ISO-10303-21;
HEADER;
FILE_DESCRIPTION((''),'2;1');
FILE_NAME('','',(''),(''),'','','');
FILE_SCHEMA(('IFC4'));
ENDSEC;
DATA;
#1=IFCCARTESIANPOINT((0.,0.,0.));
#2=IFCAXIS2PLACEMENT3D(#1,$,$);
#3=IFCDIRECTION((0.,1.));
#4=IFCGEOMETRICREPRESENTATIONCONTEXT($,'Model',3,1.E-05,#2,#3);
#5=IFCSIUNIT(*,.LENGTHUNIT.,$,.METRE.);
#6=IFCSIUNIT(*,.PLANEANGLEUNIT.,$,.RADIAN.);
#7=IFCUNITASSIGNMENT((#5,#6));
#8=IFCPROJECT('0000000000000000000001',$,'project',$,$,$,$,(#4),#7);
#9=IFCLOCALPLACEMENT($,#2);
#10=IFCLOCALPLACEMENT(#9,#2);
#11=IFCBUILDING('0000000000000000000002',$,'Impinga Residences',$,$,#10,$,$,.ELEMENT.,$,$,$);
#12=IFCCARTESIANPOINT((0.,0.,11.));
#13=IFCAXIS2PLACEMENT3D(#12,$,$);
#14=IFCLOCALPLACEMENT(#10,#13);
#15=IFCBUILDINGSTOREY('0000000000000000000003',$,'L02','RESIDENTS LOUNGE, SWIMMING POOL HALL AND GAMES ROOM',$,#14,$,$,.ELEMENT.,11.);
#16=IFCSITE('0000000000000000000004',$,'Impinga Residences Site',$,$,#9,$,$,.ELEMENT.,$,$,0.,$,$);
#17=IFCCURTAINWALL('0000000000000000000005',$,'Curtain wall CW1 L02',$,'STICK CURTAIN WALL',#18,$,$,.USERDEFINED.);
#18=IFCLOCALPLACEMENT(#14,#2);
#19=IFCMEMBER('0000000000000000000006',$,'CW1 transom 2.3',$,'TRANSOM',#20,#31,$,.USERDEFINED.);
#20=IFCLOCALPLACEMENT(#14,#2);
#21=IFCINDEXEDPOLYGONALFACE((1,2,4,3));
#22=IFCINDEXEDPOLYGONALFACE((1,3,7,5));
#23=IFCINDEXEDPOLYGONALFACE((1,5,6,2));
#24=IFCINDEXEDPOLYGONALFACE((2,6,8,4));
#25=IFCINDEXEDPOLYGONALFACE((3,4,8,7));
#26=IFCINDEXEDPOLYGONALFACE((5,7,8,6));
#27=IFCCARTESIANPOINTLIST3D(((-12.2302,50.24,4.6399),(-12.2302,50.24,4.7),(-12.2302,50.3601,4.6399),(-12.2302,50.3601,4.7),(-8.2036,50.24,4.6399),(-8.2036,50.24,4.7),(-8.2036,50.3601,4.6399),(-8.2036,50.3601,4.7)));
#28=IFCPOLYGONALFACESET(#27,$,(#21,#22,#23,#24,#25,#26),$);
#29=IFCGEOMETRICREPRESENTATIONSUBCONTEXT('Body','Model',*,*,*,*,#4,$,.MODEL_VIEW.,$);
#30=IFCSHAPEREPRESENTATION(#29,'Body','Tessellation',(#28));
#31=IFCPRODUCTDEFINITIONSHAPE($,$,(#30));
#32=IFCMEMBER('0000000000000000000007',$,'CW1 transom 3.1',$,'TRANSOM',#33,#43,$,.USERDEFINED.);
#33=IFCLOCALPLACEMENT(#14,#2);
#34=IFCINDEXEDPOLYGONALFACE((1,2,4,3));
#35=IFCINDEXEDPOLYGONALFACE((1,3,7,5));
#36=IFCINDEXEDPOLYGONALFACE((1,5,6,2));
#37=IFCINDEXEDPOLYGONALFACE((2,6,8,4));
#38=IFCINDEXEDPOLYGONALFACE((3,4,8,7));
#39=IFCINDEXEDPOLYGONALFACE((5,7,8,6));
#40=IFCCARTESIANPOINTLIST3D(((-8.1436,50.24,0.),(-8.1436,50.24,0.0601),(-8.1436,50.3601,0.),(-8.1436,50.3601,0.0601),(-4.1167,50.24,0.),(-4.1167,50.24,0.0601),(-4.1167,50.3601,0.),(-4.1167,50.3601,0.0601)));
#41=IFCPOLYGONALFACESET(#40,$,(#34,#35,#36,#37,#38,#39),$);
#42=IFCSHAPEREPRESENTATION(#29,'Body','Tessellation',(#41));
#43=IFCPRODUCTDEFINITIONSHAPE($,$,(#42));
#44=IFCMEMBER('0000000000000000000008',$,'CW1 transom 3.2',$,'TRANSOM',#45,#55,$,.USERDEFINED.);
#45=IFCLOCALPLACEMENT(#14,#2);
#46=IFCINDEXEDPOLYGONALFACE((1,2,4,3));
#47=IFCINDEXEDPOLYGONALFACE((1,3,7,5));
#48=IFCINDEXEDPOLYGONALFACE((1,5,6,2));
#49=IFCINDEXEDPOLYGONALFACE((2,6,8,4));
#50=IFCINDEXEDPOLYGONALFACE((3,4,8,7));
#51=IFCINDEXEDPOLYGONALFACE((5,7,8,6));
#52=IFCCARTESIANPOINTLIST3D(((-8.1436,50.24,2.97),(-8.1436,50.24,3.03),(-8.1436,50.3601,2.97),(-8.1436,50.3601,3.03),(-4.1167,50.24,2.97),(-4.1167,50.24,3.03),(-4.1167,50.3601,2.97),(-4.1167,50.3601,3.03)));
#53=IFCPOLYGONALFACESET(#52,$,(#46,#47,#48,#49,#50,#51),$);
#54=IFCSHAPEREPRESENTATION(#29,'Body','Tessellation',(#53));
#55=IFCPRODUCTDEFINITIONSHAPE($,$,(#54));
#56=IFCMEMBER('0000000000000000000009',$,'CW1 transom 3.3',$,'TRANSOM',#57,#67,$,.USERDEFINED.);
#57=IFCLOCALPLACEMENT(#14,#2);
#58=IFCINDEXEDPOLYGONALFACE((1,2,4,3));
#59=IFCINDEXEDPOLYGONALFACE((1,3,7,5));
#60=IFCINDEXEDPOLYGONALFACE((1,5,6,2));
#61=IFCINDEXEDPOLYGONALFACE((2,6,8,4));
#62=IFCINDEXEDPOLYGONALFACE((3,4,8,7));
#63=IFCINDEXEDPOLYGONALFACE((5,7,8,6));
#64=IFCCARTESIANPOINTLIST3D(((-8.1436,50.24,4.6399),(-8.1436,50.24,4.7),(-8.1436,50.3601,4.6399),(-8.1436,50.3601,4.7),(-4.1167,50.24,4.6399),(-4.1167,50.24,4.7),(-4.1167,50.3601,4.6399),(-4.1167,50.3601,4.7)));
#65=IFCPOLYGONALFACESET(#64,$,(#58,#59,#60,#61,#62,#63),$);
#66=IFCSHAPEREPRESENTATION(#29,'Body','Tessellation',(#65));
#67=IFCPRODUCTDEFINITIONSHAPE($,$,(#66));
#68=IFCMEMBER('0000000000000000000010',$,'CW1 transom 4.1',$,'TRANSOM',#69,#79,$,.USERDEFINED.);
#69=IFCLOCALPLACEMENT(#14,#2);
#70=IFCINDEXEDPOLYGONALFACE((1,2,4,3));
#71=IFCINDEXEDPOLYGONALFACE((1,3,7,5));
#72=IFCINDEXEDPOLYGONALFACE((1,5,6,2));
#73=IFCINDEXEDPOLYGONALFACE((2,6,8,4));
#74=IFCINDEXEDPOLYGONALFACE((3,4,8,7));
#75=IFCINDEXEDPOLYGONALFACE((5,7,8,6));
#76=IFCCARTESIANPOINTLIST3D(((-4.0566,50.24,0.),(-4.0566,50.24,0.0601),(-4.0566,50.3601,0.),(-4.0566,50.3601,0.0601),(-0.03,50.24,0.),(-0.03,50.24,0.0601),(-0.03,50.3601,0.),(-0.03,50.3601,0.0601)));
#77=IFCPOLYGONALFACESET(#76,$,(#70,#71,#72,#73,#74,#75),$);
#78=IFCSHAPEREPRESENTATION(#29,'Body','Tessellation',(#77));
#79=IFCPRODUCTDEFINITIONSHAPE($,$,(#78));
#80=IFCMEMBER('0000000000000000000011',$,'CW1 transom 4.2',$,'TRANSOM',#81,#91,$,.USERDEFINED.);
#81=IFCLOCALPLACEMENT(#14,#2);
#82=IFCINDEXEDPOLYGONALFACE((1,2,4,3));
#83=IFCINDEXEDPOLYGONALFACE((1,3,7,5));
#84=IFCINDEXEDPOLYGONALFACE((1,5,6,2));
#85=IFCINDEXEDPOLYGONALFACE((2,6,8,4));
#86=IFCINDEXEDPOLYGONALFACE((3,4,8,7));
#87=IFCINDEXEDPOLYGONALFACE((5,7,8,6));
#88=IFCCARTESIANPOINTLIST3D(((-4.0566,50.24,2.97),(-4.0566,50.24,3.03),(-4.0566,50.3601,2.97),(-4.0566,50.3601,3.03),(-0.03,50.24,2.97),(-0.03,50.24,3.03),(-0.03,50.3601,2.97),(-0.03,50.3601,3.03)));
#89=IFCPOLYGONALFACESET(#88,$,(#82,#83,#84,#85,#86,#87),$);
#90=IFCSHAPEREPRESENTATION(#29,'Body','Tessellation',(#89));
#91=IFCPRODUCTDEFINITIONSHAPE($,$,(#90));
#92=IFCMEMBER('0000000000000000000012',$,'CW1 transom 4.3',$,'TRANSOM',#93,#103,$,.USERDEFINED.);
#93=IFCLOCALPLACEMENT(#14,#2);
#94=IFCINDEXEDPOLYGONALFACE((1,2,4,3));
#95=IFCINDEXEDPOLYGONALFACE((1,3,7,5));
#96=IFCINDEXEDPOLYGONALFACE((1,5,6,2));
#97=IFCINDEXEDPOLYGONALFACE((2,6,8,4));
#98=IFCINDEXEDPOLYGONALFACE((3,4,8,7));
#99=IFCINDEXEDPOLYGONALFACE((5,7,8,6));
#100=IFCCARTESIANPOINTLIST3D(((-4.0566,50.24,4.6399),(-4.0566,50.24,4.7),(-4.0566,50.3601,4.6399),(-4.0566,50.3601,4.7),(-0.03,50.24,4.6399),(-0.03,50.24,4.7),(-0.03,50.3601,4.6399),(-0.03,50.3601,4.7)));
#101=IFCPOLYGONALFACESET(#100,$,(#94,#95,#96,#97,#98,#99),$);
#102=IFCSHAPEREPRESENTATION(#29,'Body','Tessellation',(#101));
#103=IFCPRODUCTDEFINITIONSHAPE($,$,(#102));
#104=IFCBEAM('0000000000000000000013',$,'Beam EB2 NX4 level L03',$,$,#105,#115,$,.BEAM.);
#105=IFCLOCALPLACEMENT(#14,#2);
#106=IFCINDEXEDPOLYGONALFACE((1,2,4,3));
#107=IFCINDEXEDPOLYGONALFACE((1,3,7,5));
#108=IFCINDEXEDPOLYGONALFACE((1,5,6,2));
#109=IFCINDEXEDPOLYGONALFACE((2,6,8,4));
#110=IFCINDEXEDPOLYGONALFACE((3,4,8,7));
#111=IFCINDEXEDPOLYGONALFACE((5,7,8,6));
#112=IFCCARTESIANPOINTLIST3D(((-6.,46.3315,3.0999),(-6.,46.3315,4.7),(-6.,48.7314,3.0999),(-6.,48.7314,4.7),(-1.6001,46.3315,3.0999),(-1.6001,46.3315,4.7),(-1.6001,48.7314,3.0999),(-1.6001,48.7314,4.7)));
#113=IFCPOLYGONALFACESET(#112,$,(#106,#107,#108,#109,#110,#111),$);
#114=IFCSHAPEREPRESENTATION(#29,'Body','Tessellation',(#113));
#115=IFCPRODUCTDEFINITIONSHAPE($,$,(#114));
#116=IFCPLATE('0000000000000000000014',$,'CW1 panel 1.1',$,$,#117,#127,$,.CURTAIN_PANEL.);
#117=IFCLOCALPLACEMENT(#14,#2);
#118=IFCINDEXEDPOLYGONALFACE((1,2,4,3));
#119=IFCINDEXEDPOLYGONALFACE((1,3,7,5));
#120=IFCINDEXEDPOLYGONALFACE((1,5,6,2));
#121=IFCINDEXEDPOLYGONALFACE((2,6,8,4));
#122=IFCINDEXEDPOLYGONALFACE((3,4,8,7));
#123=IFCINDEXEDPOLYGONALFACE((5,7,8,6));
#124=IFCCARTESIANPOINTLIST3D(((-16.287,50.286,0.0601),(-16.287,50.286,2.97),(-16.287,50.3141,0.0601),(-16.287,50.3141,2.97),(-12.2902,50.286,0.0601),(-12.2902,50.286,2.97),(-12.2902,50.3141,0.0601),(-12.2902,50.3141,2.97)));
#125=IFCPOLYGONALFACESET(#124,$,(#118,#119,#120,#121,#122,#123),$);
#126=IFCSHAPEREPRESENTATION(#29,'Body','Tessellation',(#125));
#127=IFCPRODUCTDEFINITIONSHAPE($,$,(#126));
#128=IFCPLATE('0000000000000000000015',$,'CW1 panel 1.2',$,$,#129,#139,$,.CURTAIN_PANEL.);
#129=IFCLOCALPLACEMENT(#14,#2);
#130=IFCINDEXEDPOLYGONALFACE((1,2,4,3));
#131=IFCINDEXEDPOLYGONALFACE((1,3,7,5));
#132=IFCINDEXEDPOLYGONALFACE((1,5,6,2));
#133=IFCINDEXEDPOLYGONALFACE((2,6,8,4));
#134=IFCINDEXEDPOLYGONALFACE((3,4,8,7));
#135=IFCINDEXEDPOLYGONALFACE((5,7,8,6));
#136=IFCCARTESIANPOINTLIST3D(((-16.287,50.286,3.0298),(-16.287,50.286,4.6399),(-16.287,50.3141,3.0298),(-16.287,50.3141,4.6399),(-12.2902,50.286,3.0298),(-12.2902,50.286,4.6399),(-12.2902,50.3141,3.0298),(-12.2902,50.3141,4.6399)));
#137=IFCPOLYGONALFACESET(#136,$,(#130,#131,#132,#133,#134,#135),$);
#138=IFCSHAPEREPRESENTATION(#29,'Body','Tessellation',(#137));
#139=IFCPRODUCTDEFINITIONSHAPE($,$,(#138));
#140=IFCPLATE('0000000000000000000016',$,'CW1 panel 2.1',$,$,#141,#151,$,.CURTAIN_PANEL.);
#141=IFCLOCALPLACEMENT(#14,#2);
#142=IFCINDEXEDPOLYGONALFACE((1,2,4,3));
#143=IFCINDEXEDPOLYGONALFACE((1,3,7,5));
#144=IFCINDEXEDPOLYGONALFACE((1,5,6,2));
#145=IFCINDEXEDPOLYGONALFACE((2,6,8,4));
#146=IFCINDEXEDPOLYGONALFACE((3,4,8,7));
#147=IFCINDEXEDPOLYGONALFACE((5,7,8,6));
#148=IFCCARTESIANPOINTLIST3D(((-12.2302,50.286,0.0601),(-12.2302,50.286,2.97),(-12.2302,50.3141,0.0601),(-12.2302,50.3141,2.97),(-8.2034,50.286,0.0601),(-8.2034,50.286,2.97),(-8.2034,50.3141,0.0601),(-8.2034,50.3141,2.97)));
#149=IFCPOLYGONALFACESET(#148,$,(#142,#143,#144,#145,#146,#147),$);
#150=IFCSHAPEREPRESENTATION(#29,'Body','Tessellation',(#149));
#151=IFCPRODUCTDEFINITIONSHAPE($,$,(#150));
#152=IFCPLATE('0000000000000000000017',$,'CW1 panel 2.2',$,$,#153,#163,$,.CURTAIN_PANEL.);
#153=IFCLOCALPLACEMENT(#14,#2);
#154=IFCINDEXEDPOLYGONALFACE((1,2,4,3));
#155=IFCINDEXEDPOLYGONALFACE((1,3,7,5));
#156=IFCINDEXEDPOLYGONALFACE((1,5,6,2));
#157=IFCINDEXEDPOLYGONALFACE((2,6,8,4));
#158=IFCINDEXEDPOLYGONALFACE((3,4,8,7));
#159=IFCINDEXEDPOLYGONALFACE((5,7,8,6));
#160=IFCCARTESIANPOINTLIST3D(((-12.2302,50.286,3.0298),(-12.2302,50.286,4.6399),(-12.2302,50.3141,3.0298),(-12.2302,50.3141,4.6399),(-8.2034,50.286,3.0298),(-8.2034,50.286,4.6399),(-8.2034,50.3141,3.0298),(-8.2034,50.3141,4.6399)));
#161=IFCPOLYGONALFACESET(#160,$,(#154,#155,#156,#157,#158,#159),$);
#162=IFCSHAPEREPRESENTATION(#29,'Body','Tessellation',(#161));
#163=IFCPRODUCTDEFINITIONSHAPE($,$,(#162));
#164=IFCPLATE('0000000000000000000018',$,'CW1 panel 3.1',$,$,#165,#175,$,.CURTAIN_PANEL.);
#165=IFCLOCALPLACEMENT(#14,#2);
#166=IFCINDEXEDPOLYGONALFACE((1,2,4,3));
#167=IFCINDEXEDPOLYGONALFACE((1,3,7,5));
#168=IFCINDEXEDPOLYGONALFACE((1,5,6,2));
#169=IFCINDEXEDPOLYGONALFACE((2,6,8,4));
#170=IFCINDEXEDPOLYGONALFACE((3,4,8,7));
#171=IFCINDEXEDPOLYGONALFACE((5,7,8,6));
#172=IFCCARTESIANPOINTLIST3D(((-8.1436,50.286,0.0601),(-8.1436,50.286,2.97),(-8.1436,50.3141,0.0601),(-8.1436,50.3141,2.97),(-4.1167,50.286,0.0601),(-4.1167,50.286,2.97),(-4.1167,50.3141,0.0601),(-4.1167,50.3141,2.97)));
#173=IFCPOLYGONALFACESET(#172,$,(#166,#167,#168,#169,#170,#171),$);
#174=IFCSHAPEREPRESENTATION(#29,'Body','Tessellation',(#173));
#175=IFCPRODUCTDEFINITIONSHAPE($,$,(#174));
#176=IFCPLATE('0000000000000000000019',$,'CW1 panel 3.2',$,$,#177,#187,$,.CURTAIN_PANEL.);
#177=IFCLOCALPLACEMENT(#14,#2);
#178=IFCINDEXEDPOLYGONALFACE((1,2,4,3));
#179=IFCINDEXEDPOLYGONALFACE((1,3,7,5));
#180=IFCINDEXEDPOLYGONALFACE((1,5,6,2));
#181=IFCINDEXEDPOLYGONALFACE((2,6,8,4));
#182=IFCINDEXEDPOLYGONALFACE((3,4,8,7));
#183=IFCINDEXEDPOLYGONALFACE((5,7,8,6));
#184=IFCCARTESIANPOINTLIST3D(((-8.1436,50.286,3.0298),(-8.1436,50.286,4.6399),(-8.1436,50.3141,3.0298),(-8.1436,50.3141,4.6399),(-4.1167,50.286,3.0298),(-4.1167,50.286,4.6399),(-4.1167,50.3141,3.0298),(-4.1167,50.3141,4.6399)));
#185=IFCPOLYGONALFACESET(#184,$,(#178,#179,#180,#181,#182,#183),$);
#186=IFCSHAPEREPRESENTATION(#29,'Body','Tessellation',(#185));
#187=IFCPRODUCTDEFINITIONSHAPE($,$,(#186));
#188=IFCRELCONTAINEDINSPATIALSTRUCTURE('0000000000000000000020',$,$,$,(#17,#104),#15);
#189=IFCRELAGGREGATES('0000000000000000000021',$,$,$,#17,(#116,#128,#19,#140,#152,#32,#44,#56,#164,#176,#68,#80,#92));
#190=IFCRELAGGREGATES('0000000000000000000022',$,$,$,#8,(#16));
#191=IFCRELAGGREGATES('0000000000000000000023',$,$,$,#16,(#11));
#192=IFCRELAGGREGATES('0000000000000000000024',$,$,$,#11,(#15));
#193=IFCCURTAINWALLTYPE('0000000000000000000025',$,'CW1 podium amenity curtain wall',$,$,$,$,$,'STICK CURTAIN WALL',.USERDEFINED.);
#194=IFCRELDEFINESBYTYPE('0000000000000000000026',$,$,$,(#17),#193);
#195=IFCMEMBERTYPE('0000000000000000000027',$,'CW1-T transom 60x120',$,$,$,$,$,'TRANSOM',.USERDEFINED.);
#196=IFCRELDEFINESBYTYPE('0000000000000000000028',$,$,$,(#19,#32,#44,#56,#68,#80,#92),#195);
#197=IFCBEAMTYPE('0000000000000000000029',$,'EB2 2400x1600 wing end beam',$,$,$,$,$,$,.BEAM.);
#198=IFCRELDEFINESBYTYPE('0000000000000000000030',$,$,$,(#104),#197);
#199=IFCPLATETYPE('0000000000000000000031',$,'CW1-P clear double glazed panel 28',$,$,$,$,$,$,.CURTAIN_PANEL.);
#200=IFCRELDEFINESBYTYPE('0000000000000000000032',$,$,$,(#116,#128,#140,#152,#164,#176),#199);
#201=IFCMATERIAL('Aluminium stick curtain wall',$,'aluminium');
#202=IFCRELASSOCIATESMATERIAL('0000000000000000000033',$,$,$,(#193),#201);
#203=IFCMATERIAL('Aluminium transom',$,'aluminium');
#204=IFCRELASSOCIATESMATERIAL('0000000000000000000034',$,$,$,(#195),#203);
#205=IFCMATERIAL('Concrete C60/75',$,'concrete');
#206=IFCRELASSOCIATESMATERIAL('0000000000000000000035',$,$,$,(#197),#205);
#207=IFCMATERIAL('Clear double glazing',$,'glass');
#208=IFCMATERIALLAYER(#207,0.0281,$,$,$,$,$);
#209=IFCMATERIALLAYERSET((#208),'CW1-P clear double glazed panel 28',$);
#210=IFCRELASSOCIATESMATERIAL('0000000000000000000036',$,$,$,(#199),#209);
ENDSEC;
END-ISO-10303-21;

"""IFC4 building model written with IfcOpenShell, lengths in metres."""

from ifc_helpers import new_model, si_unit, direction, frame, origin, origin_2d, place, context, subcontext, project, spatial, rectangle, extrude, material, layer, layer_set, material_profile, profile_set, type_object, element, aggregate, save


model = new_model("IFC4")

# Units and contexts
model_context = context("Model", 3, precision=1e-05, world=origin(), true_north=direction((0.0, 1.0)))
body_context = subcontext(model_context, "Body", "Model", "MODEL_VIEW")
ifc_project = project(units=[si_unit("LENGTHUNIT", "METRE"), si_unit("PLANEANGLEUNIT", "RADIAN")], contexts=[model_context])

# Site, building, storey
site_placement = place(None, origin())
site = spatial("IfcSite", under=ifc_project, at=site_placement, Name="Impinga Residences Site", CompositionType="ELEMENT", RefElevation=0.0)
building_placement = place(site_placement, origin())
building = spatial("IfcBuilding", under=site, at=building_placement, Name="Impinga Residences", CompositionType="ELEMENT")
storey_placement = place(building_placement, frame((0.0, 0.0, 11.0)))
storey = spatial("IfcBuildingStorey", under=building, at=storey_placement, Name="L02", Description="RESIDENTS LOUNGE, SWIMMING POOL HALL AND GAMES ROOM", CompositionType="ELEMENT", Elevation=11.0)

# Shared definitions
ifc_material_1 = material(Name="Concrete C60/75", Category="concrete")

# Shared definitions
ifc_material_2 = material(Name="Aluminium stick curtain wall", Category="aluminium")
curtain_wall_type = type_object("IfcCurtainWallType", Name="CW1 podium amenity curtain wall", ElementType="STICK CURTAIN WALL", PredefinedType="USERDEFINED", material=ifc_material_2)

# Curtain wall, members
curtain_wall_1_placement = place(storey_placement, origin())
curtain_wall_1 = element("IfcCurtainWall", 1, at=curtain_wall_1_placement, inside=storey, type_object=curtain_wall_type, Name="Curtain wall CW1 L02", ObjectType="STICK CURTAIN WALL", PredefinedType="USERDEFINED")
ifc_material_3 = material(Name="Aluminium transom", Category="aluminium")
ifc_material_profile_1 = material_profile(ifc_material_3, rectangle(XDim=0.0601, YDim=0.1201, at=origin_2d()), Name="60x120 transom")
ifc_profile_set_1 = profile_set([ifc_material_profile_1], Name="Aluminium transom")
member_type_1 = type_object("IfcMemberType", Name="CW1-T transom 60x120", ElementType="TRANSOM", PredefinedType="USERDEFINED", material=ifc_profile_set_1)
member_1_placement = place(storey_placement, frame((-12.2302, 50.3, 4.6699), z_axis=(1.0, 0.0, 0.0), x_axis=(0.0, 0.0, 1.0)))
member_1 = element("IfcMember", 2, at=member_1_placement, type_object=member_type_1, Name="CW1 transom 2.3", ObjectType="TRANSOM", PredefinedType="USERDEFINED", context=body_context, shape_type="SweptSolid", body=[
    extrude(rectangle(XDim=0.0601, YDim=0.1201, at=origin_2d()), origin(), (0.0, 0.0, 1.0), 4.0266),
])
member_2_placement = place(storey_placement, frame((-8.1436, 50.3, 0.03), z_axis=(1.0, 0.0, 0.0), x_axis=(0.0, 0.0, 1.0)))
member_2 = element("IfcMember", 3, at=member_2_placement, type_object=member_type_1, Name="CW1 transom 3.1", ObjectType="TRANSOM", PredefinedType="USERDEFINED", context=body_context, shape_type="SweptSolid", body=[
    extrude(rectangle(XDim=0.0601, YDim=0.1201, at=origin_2d()), origin(), (0.0, 0.0, 1.0), 4.0269),
])
member_3_placement = place(storey_placement, frame((-8.1436, 50.3, 3.0), z_axis=(1.0, 0.0, 0.0), x_axis=(0.0, 0.0, 1.0)))
member_3 = element("IfcMember", 4, at=member_3_placement, type_object=member_type_1, Name="CW1 transom 3.2", ObjectType="TRANSOM", PredefinedType="USERDEFINED", context=body_context, shape_type="SweptSolid", body=[
    extrude(rectangle(XDim=0.0601, YDim=0.1201, at=origin_2d()), origin(), (0.0, 0.0, 1.0), 4.0269),
])
member_4_placement = place(storey_placement, frame((-8.1436, 50.3, 4.6699), z_axis=(1.0, 0.0, 0.0), x_axis=(0.0, 0.0, 1.0)))
member_4 = element("IfcMember", 5, at=member_4_placement, type_object=member_type_1, Name="CW1 transom 3.3", ObjectType="TRANSOM", PredefinedType="USERDEFINED", context=body_context, shape_type="SweptSolid", body=[
    extrude(rectangle(XDim=0.0601, YDim=0.1201, at=origin_2d()), origin(), (0.0, 0.0, 1.0), 4.0269),
])
member_5_placement = place(storey_placement, frame((-4.0566, 50.3, 0.03), z_axis=(1.0, 0.0, 0.0), x_axis=(0.0, 0.0, 1.0)))
member_5 = element("IfcMember", 6, at=member_5_placement, type_object=member_type_1, Name="CW1 transom 4.1", ObjectType="TRANSOM", PredefinedType="USERDEFINED", context=body_context, shape_type="SweptSolid", body=[
    extrude(rectangle(XDim=0.0601, YDim=0.1201, at=origin_2d()), origin(), (0.0, 0.0, 1.0), 4.0266),
])
member_6_placement = place(storey_placement, frame((-4.0566, 50.3, 3.0), z_axis=(1.0, 0.0, 0.0), x_axis=(0.0, 0.0, 1.0)))
member_6 = element("IfcMember", 7, at=member_6_placement, type_object=member_type_1, Name="CW1 transom 4.2", ObjectType="TRANSOM", PredefinedType="USERDEFINED", context=body_context, shape_type="SweptSolid", body=[
    extrude(rectangle(XDim=0.0601, YDim=0.1201, at=origin_2d()), origin(), (0.0, 0.0, 1.0), 4.0266),
])
member_7_placement = place(storey_placement, frame((-4.0566, 50.3, 4.6699), z_axis=(1.0, 0.0, 0.0), x_axis=(0.0, 0.0, 1.0)))
member_7 = element("IfcMember", 8, at=member_7_placement, type_object=member_type_1, Name="CW1 transom 4.3", ObjectType="TRANSOM", PredefinedType="USERDEFINED", context=body_context, shape_type="SweptSolid", body=[
    extrude(rectangle(XDim=0.0601, YDim=0.1201, at=origin_2d()), origin(), (0.0, 0.0, 1.0), 4.0266),
])

# Beam
ifc_material_profile_2 = material_profile(ifc_material_1, rectangle(XDim=2.3999, YDim=1.6001, at=origin_2d()), Name="RC 2400x1600")
ifc_profile_set_2 = profile_set([ifc_material_profile_2], Name="Concrete C60/75")
beam_type_1 = type_object("IfcBeamType", Name="EB2 2400x1600 wing end beam", PredefinedType="BEAM", material=ifc_profile_set_2)
beam_1_placement = place(storey_placement, frame((-6.0, 47.5315, 3.8999), z_axis=(1.0, 0.0, 0.0), x_axis=(0.0, 1.0, 0.0)))
element("IfcBeam", 9, at=beam_1_placement, inside=storey, type_object=beam_type_1, Name="Beam EB2 NX4 level L03", PredefinedType="BEAM", context=body_context, shape_type="SweptSolid", body=[
    extrude(rectangle(XDim=2.3999, YDim=1.6001, at=origin_2d()), origin(), (0.0, 0.0, 1.0), 4.3999),
])

# Plates
ifc_material_4 = material(Name="Clear double glazing", Category="glass")
ifc_layer_1 = layer(ifc_material_4, 0.0281)
ifc_layer_set_1 = layer_set([ifc_layer_1], Name="CW1-P clear double glazed panel 28")
plate_type = type_object("IfcPlateType", Name="CW1-P clear double glazed panel 28", PredefinedType="CURTAIN_PANEL", material=ifc_layer_set_1)
plate_1_placement = place(storey_placement, frame((-14.2886, 50.3, 0.0601), z_axis=(0.0, 0.0, 1.0), x_axis=(1.0, 0.0, 0.0)))
plate_1 = element("IfcPlate", 10, at=plate_1_placement, type_object=plate_type, Name="CW1 panel 1.1", PredefinedType="CURTAIN_PANEL", context=body_context, shape_type="SweptSolid", body=[
    extrude(rectangle(XDim=3.9968, YDim=0.0281, at=origin_2d()), origin(), (0.0, 0.0, 1.0), 2.9099),
])
plate_2_placement = place(storey_placement, frame((-14.2886, 50.3, 3.0298), z_axis=(0.0, 0.0, 1.0), x_axis=(1.0, 0.0, 0.0)))
plate_2 = element("IfcPlate", 11, at=plate_2_placement, type_object=plate_type, Name="CW1 panel 1.2", PredefinedType="CURTAIN_PANEL", context=body_context, shape_type="SweptSolid", body=[
    extrude(rectangle(XDim=3.9968, YDim=0.0281, at=origin_2d()), origin(), (0.0, 0.0, 1.0), 1.6101),
])
plate_3_placement = place(storey_placement, frame((-10.2168, 50.3, 0.0601), z_axis=(0.0, 0.0, 1.0), x_axis=(1.0, 0.0, 0.0)))
plate_3 = element("IfcPlate", 12, at=plate_3_placement, type_object=plate_type, Name="CW1 panel 2.1", PredefinedType="CURTAIN_PANEL", context=body_context, shape_type="SweptSolid", body=[
    extrude(rectangle(XDim=4.0269, YDim=0.0281, at=origin_2d()), origin(), (0.0, 0.0, 1.0), 2.9099),
])
plate_4_placement = place(storey_placement, frame((-10.2168, 50.3, 3.0298), z_axis=(0.0, 0.0, 1.0), x_axis=(1.0, 0.0, 0.0)))
plate_4 = element("IfcPlate", 13, at=plate_4_placement, type_object=plate_type, Name="CW1 panel 2.2", PredefinedType="CURTAIN_PANEL", context=body_context, shape_type="SweptSolid", body=[
    extrude(rectangle(XDim=4.0269, YDim=0.0281, at=origin_2d()), origin(), (0.0, 0.0, 1.0), 1.6101),
])
plate_5_placement = place(storey_placement, frame((-6.1301, 50.3, 0.0601), z_axis=(0.0, 0.0, 1.0), x_axis=(1.0, 0.0, 0.0)))
plate_5 = element("IfcPlate", 14, at=plate_5_placement, type_object=plate_type, Name="CW1 panel 3.1", PredefinedType="CURTAIN_PANEL", context=body_context, shape_type="SweptSolid", body=[
    extrude(rectangle(XDim=4.0269, YDim=0.0281, at=origin_2d()), origin(), (0.0, 0.0, 1.0), 2.9099),
])
plate_6_placement = place(storey_placement, frame((-6.1301, 50.3, 3.0298), z_axis=(0.0, 0.0, 1.0), x_axis=(1.0, 0.0, 0.0)))
plate_6 = element("IfcPlate", 15, at=plate_6_placement, type_object=plate_type, Name="CW1 panel 3.2", PredefinedType="CURTAIN_PANEL", context=body_context, shape_type="SweptSolid", body=[
    extrude(rectangle(XDim=4.0269, YDim=0.0281, at=origin_2d()), origin(), (0.0, 0.0, 1.0), 1.6101),
])
aggregate(curtain_wall_1, [plate_1, plate_2, member_1, plate_3, plate_4, member_2, member_3, member_4, plate_5, plate_6, member_5, member_6, member_7])

save(model, "model.ifc")
